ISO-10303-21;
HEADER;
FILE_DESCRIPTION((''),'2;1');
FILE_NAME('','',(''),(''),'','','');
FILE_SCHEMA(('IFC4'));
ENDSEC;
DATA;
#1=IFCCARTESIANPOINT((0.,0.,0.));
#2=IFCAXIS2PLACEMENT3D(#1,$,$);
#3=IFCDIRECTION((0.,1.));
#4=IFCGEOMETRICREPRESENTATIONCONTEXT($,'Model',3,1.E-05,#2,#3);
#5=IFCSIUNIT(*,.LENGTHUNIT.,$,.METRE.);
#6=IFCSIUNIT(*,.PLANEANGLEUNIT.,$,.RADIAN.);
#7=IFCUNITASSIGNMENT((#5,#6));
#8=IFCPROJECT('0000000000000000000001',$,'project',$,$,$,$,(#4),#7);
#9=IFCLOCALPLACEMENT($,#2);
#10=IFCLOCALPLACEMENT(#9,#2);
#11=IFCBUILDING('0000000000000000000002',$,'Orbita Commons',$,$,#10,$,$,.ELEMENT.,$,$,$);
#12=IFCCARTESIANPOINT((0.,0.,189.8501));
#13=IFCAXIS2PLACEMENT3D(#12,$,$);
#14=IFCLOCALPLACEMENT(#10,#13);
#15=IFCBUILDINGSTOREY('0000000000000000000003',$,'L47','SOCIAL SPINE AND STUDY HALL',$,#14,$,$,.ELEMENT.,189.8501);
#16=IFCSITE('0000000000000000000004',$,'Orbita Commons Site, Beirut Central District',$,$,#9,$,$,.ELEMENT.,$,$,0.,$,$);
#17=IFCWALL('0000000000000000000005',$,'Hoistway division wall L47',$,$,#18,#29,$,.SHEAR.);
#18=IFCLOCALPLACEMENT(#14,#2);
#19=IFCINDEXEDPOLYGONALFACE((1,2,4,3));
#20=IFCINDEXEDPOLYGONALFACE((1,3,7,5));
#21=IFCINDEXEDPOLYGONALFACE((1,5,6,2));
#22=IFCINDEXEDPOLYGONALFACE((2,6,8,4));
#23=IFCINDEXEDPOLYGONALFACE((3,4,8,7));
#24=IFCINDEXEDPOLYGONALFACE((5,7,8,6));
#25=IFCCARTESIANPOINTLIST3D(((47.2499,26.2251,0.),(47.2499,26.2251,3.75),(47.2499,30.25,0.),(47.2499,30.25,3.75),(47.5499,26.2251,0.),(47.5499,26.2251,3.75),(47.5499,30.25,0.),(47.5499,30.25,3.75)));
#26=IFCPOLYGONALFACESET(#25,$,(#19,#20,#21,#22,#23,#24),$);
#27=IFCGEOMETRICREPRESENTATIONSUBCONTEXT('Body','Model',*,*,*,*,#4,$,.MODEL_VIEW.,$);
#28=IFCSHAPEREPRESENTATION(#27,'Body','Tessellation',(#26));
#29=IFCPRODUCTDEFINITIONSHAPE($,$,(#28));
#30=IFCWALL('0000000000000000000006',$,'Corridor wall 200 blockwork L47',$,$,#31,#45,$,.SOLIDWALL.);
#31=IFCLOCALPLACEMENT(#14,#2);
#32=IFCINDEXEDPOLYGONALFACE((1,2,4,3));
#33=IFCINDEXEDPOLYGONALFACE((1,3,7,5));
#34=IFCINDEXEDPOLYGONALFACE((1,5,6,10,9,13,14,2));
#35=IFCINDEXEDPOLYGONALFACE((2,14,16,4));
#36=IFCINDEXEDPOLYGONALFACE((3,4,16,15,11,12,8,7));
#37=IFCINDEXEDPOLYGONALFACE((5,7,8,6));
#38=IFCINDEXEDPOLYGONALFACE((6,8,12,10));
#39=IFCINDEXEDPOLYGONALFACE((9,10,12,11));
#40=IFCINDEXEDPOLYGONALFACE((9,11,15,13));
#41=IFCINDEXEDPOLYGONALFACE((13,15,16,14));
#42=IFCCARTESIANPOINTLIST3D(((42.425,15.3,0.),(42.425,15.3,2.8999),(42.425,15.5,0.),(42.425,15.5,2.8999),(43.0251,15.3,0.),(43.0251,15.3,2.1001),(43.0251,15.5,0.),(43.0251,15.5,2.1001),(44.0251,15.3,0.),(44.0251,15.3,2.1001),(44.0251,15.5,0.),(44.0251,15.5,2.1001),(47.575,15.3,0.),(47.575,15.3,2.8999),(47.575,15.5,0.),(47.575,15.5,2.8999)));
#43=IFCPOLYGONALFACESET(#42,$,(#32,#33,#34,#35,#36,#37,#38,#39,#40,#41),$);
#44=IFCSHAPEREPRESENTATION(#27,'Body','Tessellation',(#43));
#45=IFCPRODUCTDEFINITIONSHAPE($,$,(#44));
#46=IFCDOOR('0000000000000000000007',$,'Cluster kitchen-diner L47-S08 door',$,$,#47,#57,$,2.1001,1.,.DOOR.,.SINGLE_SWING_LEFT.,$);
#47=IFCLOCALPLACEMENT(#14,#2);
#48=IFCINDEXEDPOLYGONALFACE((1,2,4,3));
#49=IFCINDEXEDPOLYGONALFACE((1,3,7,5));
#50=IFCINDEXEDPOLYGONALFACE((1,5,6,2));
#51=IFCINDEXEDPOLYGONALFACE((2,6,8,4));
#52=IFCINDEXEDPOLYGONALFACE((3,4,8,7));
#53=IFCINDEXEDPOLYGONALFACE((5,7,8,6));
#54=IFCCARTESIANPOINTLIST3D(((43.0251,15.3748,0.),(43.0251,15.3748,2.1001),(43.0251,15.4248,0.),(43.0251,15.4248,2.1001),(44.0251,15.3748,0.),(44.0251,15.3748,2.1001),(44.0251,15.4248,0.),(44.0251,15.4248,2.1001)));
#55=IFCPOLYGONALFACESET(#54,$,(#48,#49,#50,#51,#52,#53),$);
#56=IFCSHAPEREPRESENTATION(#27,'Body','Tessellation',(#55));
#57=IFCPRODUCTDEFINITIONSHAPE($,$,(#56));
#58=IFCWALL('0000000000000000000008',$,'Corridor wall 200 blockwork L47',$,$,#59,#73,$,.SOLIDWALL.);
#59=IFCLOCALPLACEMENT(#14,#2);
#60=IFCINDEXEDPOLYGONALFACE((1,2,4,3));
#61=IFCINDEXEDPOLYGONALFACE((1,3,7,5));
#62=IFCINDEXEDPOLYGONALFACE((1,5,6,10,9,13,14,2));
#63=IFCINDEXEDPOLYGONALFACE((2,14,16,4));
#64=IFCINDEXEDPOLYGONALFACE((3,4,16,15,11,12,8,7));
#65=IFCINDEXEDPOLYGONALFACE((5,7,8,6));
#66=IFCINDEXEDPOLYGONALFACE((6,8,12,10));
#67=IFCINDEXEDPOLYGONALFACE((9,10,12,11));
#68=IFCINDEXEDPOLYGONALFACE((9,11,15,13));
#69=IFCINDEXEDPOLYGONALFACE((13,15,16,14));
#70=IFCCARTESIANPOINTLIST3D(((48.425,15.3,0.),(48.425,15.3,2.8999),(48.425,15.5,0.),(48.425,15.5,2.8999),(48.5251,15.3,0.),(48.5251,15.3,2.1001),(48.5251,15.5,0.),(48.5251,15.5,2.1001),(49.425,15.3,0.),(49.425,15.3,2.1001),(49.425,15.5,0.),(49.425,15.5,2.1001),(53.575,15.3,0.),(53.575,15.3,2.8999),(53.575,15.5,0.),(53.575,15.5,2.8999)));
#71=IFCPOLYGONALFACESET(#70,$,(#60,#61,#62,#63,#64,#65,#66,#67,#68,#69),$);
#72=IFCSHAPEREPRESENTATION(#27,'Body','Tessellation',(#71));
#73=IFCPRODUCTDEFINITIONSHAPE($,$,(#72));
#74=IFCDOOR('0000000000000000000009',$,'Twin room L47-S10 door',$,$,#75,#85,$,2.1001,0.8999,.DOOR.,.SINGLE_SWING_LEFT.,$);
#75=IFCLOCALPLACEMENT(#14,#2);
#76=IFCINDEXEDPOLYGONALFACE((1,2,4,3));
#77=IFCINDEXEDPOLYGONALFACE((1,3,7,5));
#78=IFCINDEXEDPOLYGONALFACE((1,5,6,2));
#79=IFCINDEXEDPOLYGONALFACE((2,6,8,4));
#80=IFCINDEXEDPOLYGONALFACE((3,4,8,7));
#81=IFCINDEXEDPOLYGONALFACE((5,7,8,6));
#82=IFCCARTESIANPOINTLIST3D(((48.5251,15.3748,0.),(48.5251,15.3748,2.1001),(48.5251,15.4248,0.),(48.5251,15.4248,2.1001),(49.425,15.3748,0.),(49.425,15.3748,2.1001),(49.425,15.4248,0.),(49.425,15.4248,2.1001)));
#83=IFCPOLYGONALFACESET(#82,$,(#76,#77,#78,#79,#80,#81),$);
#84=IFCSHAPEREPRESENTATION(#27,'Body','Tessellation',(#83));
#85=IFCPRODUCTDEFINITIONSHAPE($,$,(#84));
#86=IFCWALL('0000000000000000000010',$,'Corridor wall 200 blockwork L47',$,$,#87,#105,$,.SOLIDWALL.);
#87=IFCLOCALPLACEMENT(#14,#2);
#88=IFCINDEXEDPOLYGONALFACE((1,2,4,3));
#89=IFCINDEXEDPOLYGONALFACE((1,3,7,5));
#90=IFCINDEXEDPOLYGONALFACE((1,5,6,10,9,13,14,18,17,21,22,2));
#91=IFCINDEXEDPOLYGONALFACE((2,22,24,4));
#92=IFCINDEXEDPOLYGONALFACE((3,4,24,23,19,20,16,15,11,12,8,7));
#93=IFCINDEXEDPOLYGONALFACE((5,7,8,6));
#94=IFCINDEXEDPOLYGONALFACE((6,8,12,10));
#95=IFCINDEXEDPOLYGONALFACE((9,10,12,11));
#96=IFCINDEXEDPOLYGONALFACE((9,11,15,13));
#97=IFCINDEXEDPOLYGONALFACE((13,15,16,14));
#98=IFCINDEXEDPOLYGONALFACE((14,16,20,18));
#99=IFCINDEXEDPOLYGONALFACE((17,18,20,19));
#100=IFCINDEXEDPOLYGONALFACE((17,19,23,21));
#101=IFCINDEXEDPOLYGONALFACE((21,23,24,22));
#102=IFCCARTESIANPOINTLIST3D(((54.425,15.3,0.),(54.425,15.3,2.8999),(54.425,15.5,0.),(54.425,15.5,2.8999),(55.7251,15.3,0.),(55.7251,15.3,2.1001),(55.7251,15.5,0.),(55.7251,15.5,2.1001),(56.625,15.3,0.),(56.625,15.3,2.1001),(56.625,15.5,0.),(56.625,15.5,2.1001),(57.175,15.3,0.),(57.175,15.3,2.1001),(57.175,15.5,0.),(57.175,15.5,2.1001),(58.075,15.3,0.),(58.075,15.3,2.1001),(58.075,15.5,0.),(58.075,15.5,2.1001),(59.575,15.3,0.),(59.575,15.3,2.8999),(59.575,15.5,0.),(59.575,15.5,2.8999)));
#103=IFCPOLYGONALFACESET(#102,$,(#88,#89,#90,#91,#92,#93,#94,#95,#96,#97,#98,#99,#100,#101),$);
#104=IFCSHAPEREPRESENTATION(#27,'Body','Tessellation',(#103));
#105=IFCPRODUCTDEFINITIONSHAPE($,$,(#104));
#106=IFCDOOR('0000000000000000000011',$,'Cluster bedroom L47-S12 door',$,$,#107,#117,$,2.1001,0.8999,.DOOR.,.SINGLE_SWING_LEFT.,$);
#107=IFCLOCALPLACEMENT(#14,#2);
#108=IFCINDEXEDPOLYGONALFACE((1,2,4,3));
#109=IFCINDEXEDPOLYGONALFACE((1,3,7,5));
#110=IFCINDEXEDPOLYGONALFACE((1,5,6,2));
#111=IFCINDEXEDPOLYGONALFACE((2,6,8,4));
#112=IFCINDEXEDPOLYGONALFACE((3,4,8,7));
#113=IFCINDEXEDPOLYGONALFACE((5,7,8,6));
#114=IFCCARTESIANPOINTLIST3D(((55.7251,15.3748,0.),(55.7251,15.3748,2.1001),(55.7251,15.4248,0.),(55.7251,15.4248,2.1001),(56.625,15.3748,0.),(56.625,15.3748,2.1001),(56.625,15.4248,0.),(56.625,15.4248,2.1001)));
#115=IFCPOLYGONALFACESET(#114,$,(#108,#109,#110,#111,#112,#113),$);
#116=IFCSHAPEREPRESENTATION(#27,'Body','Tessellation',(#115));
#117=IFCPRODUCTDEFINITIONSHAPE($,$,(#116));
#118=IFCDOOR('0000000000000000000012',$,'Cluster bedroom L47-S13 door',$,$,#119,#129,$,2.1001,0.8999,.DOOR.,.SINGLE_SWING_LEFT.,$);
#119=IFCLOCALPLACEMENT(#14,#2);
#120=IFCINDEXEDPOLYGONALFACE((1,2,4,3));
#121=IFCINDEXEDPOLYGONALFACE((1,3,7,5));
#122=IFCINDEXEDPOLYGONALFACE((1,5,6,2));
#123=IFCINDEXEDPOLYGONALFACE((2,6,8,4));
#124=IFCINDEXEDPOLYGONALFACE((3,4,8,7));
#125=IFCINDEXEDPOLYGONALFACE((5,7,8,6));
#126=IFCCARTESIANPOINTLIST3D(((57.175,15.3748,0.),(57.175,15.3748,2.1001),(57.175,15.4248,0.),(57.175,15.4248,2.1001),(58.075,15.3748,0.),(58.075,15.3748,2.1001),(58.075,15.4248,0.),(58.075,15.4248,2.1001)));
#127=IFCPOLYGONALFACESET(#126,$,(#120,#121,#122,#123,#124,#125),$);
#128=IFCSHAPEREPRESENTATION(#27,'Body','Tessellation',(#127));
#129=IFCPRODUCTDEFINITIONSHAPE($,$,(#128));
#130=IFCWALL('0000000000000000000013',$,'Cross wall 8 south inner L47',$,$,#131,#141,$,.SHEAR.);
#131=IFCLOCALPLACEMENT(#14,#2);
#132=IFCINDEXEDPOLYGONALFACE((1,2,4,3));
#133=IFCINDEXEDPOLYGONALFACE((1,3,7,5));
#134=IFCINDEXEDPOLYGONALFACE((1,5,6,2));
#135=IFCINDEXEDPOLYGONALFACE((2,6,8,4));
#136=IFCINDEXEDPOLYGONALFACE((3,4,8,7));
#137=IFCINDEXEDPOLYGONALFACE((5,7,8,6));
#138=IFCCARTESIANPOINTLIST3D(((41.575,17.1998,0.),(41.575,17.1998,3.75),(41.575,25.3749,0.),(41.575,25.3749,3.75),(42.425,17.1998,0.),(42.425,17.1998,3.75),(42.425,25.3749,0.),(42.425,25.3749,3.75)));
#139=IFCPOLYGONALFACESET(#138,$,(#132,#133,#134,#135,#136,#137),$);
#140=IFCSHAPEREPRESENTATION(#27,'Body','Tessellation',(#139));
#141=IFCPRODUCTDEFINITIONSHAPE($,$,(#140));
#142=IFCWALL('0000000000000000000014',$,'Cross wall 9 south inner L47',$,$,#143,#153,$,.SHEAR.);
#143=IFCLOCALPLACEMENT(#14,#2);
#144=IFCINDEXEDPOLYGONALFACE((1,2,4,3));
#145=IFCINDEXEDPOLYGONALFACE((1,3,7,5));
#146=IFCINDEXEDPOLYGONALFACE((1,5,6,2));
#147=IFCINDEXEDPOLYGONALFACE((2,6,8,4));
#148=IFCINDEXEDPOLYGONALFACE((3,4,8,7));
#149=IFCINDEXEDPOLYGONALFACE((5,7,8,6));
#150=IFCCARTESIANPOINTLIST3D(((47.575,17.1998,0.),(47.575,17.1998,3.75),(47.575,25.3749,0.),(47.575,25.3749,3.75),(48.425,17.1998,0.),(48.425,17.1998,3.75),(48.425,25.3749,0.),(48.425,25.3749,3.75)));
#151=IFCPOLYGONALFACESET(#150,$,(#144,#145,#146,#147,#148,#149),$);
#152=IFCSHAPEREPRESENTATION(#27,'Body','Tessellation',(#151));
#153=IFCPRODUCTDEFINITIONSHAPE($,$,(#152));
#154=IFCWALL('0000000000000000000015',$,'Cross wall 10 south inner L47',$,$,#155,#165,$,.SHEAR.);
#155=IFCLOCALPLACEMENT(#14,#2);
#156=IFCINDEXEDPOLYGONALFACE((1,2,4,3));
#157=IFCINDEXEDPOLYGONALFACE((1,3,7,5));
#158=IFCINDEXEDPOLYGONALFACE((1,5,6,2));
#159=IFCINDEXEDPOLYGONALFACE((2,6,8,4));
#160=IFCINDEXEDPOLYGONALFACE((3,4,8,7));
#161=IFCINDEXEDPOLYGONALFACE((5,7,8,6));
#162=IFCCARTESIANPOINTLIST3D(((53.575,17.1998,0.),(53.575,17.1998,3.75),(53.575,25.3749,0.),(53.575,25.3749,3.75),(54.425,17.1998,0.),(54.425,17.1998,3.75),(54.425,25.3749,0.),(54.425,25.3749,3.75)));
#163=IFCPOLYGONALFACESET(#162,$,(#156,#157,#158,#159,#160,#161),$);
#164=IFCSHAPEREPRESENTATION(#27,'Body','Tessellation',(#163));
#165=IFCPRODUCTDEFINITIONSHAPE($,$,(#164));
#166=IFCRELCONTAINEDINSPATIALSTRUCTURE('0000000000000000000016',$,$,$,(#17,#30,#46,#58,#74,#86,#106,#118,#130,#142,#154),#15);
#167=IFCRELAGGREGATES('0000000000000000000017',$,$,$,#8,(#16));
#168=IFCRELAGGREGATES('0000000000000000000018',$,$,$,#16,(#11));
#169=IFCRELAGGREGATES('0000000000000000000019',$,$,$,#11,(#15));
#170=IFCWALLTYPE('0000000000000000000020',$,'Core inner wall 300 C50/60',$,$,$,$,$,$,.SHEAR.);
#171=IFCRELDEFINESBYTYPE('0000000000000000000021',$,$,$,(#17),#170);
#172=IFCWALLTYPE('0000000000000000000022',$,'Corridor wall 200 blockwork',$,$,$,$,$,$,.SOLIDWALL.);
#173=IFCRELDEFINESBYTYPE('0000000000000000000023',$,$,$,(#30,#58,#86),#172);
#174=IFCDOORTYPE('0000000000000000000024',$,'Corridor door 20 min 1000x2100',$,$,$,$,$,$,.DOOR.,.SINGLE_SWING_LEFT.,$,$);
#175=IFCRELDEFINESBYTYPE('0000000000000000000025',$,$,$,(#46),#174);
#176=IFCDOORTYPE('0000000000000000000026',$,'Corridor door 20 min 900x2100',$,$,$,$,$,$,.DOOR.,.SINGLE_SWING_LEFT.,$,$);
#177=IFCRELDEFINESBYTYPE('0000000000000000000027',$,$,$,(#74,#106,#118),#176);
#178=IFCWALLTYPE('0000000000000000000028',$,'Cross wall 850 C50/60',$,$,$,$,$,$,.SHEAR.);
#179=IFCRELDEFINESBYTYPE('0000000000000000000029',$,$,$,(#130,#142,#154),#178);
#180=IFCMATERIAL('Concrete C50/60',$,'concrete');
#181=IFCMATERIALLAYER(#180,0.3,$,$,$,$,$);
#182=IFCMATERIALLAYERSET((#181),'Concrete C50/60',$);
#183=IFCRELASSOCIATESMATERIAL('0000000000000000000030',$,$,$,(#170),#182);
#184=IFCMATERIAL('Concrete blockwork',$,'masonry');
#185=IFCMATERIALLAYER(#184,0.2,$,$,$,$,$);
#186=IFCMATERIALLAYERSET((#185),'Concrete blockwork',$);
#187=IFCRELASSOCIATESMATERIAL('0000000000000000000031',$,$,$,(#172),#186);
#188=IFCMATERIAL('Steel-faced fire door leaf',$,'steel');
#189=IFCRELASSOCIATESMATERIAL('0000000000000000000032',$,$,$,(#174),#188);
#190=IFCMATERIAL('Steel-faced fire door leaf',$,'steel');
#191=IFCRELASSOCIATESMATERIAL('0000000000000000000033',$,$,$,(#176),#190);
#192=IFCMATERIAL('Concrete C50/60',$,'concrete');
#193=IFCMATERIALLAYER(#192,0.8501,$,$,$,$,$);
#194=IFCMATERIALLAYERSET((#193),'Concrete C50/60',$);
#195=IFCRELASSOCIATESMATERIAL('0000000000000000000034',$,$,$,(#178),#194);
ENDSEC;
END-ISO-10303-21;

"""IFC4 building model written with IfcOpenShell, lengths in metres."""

from ifc_helpers import new_model, si_unit, direction, frame, frame_2d, origin, place, context, subcontext, project, spatial, polyline, rectangle, outline, extrude, material, layer, layer_set, type_object, element, fill, save


model = new_model("IFC4")

# Units and contexts
model_context = context("Model", 3, precision=1e-05, world=origin(), true_north=direction((0.0, 1.0)))
body_context = subcontext(model_context, "Body", "Model", "MODEL_VIEW")
ifc_project = project(units=[si_unit("LENGTHUNIT", "METRE"), si_unit("PLANEANGLEUNIT", "RADIAN")], contexts=[model_context])

# Site, building, storey
site_placement = place(None, origin())
site = spatial("IfcSite", under=ifc_project, at=site_placement, Name="Orbita Commons Site, Beirut Central District", CompositionType="ELEMENT", RefElevation=0.0)
building_placement = place(site_placement, origin())
building = spatial("IfcBuilding", under=site, at=building_placement, Name="Orbita Commons", CompositionType="ELEMENT")
storey_placement = place(building_placement, frame((0.0, 0.0, 189.8501)))
storey = spatial("IfcBuildingStorey", under=building, at=storey_placement, Name="L47", Description="SOCIAL SPINE AND STUDY HALL", CompositionType="ELEMENT", Elevation=189.8501)

# Wall
ifc_material_1 = material(Name="Concrete C50/60", Category="concrete")
ifc_layer_1 = layer(ifc_material_1, 0.3)
ifc_layer_set_1 = layer_set([ifc_layer_1], Name="Concrete C50/60")
wall_type_1 = type_object("IfcWallType", Name="Core inner wall 300 C50/60", PredefinedType="SHEAR", material=ifc_layer_set_1)
for number, where, z_axis, x_axis, name in (
    (1, (47.3999, 26.2251, 0.0), (0.0, 0.0, 1.0), (0.0, 1.0, 0.0), "Hoistway division wall L47"),
):
    element("IfcWall", number, at=place(storey_placement, frame(where, z_axis=z_axis, x_axis=x_axis)), inside=storey, type_object=wall_type_1, Name=name, PredefinedType="SHEAR", context=body_context, shape_type="SweptSolid", body=[
        extrude(rectangle(XDim=4.0249, YDim=0.3, at=frame_2d((2.0125, 0.0))), origin(), (0.0, 0.0, 1.0), 3.75),
    ])

# Walls, openings, doors
ifc_material_2 = material(Name="Concrete blockwork", Category="masonry")
ifc_layer_2 = layer(ifc_material_2, 0.2)
ifc_layer_set_2 = layer_set([ifc_layer_2], Name="Concrete blockwork")
wall_type_2 = type_object("IfcWallType", Name="Corridor wall 200 blockwork", PredefinedType="SOLIDWALL", material=ifc_layer_set_2)
wall_1_placement = place(storey_placement, frame((42.425, 15.3999, 0.0), z_axis=(0.0, 0.0, 1.0), x_axis=(1.0, 0.0, 0.0)))
wall_1 = element("IfcWall", 2, at=wall_1_placement, inside=storey, type_object=wall_type_2, Name="Corridor wall 200 blockwork L47", PredefinedType="SOLIDWALL", context=body_context, shape_type="SweptSolid", body=[
    extrude(outline(polyline([(0.0, 0.0), (5.1499, 0.0), (5.1499, 2.8999), (0.0, 2.8999), (0.0, 0.0)])), frame((0.0, 0.1001, 0.0), z_axis=(0.0, -1.0, 0.0), x_axis=(1.0, 0.0, 0.0)), (0.0, 0.0, 1.0), 0.2),
])
opening_1_placement = place(wall_1_placement, frame((0.6001, 0.0, 0.0)))
opening_1 = element("IfcOpeningElement", 3, at=opening_1_placement, cuts=wall_1, PredefinedType="OPENING", context=body_context, shape_type="SweptSolid", body=[
    extrude(rectangle(XDim=1.0, YDim=2.1001, at=frame_2d((0.5, 1.05))), frame((0.0, 0.1099, 0.0), z_axis=(0.0, -1.0, 0.0), x_axis=(1.0, 0.0, 0.0)), (0.0, 0.0, 1.0), 0.22),
])
ifc_material_3 = material(Name="Steel-faced fire door leaf", Category="steel")
door_type_1 = type_object("IfcDoorType", Name="Corridor door 20 min 1000x2100", OperationType="SINGLE_SWING_LEFT", PredefinedType="DOOR", material=ifc_material_3)
door_1_placement = place(opening_1_placement, origin())
door_1 = element("IfcDoor", 4, at=door_1_placement, inside=storey, type_object=door_type_1, Name="Cluster kitchen-diner L47-S08 door", OperationType="SINGLE_SWING_LEFT", OverallHeight=2.1001, OverallWidth=1.0, PredefinedType="DOOR", context=body_context, shape_type="SweptSolid", body=[
    extrude(rectangle(XDim=1.0, YDim=2.1001, at=frame_2d((0.5, 1.05))), frame((0.0, 0.0249, 0.0), z_axis=(0.0, -1.0, 0.0), x_axis=(1.0, 0.0, 0.0)), (0.0, 0.0, 1.0), 0.05),
])
fill(opening_1, door_1)
wall_2_placement = place(storey_placement, frame((48.425, 15.3999, 0.0), z_axis=(0.0, 0.0, 1.0), x_axis=(1.0, 0.0, 0.0)))
wall_2 = element("IfcWall", 5, at=wall_2_placement, inside=storey, type_object=wall_type_2, Name="Corridor wall 200 blockwork L47", PredefinedType="SOLIDWALL", context=body_context, shape_type="SweptSolid", body=[
    extrude(outline(polyline([(0.0, 0.0), (5.1499, 0.0), (5.1499, 2.8999), (0.0, 2.8999), (0.0, 0.0)])), frame((0.0, 0.1001, 0.0), z_axis=(0.0, -1.0, 0.0), x_axis=(1.0, 0.0, 0.0)), (0.0, 0.0, 1.0), 0.2),
])
opening_2_placement = place(wall_2_placement, frame((0.1001, 0.0, 0.0)))
opening_2 = element("IfcOpeningElement", 6, at=opening_2_placement, cuts=wall_2, PredefinedType="OPENING", context=body_context, shape_type="SweptSolid", body=[
    extrude(rectangle(XDim=0.8999, YDim=2.1001, at=frame_2d((0.45, 1.05))), frame((0.0, 0.1099, 0.0), z_axis=(0.0, -1.0, 0.0), x_axis=(1.0, 0.0, 0.0)), (0.0, 0.0, 1.0), 0.22),
])
ifc_material_4 = material(Name="Steel-faced fire door leaf", Category="steel")
door_type_2 = type_object("IfcDoorType", Name="Corridor door 20 min 900x2100", OperationType="SINGLE_SWING_LEFT", PredefinedType="DOOR", material=ifc_material_4)
door_2_placement = place(opening_2_placement, origin())
door_2 = element("IfcDoor", 7, at=door_2_placement, inside=storey, type_object=door_type_2, Name="Twin room L47-S10 door", OperationType="SINGLE_SWING_LEFT", OverallHeight=2.1001, OverallWidth=0.8999, PredefinedType="DOOR", context=body_context, shape_type="SweptSolid", body=[
    extrude(rectangle(XDim=0.8999, YDim=2.1001, at=frame_2d((0.45, 1.05))), frame((0.0, 0.0249, 0.0), z_axis=(0.0, -1.0, 0.0), x_axis=(1.0, 0.0, 0.0)), (0.0, 0.0, 1.0), 0.05),
])
fill(opening_2, door_2)

# Wall, openings, doors
wall_3_placement = place(storey_placement, frame((54.425, 15.3999, 0.0), z_axis=(0.0, 0.0, 1.0), x_axis=(1.0, 0.0, 0.0)))
wall_3 = element("IfcWall", 8, at=wall_3_placement, inside=storey, type_object=wall_type_2, Name="Corridor wall 200 blockwork L47", PredefinedType="SOLIDWALL", context=body_context, shape_type="SweptSolid", body=[
    extrude(outline(polyline([(0.0, 0.0), (5.1499, 0.0), (5.1499, 2.8999), (0.0, 2.8999), (0.0, 0.0)])), frame((0.0, 0.1001, 0.0), z_axis=(0.0, -1.0, 0.0), x_axis=(1.0, 0.0, 0.0)), (0.0, 0.0, 1.0), 0.2),
])
opening_3_placement = place(wall_3_placement, frame((1.3, 0.0, 0.0)))
opening_3 = element("IfcOpeningElement", 9, at=opening_3_placement, cuts=wall_3, PredefinedType="OPENING", context=body_context, shape_type="SweptSolid", body=[
    extrude(rectangle(XDim=0.8999, YDim=2.1001, at=frame_2d((0.45, 1.05))), frame((0.0, 0.1099, 0.0), z_axis=(0.0, -1.0, 0.0), x_axis=(1.0, 0.0, 0.0)), (0.0, 0.0, 1.0), 0.22),
])
opening_4_placement = place(wall_3_placement, frame((2.75, 0.0, 0.0)))
opening_4 = element("IfcOpeningElement", 10, at=opening_4_placement, cuts=wall_3, PredefinedType="OPENING", context=body_context, shape_type="SweptSolid", body=[
    extrude(rectangle(XDim=0.8999, YDim=2.1001, at=frame_2d((0.45, 1.05))), frame((0.0, 0.1099, 0.0), z_axis=(0.0, -1.0, 0.0), x_axis=(1.0, 0.0, 0.0)), (0.0, 0.0, 1.0), 0.22),
])
door_3_placement = place(opening_3_placement, origin())
door_3 = element("IfcDoor", 11, at=door_3_placement, inside=storey, type_object=door_type_2, Name="Cluster bedroom L47-S12 door", OperationType="SINGLE_SWING_LEFT", OverallHeight=2.1001, OverallWidth=0.8999, PredefinedType="DOOR", context=body_context, shape_type="SweptSolid", body=[
    extrude(rectangle(XDim=0.8999, YDim=2.1001, at=frame_2d((0.45, 1.05))), frame((0.0, 0.0249, 0.0), z_axis=(0.0, -1.0, 0.0), x_axis=(1.0, 0.0, 0.0)), (0.0, 0.0, 1.0), 0.05),
])
fill(opening_3, door_3)
door_4_placement = place(opening_4_placement, origin())
door_4 = element("IfcDoor", 12, at=door_4_placement, inside=storey, type_object=door_type_2, Name="Cluster bedroom L47-S13 door", OperationType="SINGLE_SWING_LEFT", OverallHeight=2.1001, OverallWidth=0.8999, PredefinedType="DOOR", context=body_context, shape_type="SweptSolid", body=[
    extrude(rectangle(XDim=0.8999, YDim=2.1001, at=frame_2d((0.45, 1.05))), frame((0.0, 0.0249, 0.0), z_axis=(0.0, -1.0, 0.0), x_axis=(1.0, 0.0, 0.0)), (0.0, 0.0, 1.0), 0.05),
])
fill(opening_4, door_4)

# Walls
ifc_material_5 = material(Name="Concrete C50/60", Category="concrete")
ifc_layer_3 = layer(ifc_material_5, 0.8501)
ifc_layer_set_3 = layer_set([ifc_layer_3], Name="Concrete C50/60")
wall_type_3 = type_object("IfcWallType", Name="Cross wall 850 C50/60", PredefinedType="SHEAR", material=ifc_layer_set_3)
for number, where, z_axis, x_axis, name in (
    (13, (42.0, 17.2, 0.0), (0.0, 0.0, 1.0), (0.0, 1.0, 0.0), "Cross wall 8 south inner L47"),
    (14, (48.0, 17.2, 0.0), (0.0, 0.0, 1.0), (0.0, 1.0, 0.0), "Cross wall 9 south inner L47"),
    (15, (54.0, 17.2, 0.0), (0.0, 0.0, 1.0), (0.0, 1.0, 0.0), "Cross wall 10 south inner L47"),
):
    element("IfcWall", number, at=place(storey_placement, frame(where, z_axis=z_axis, x_axis=x_axis)), inside=storey, type_object=wall_type_3, Name=name, PredefinedType="SHEAR", context=body_context, shape_type="SweptSolid", body=[
        extrude(rectangle(XDim=8.175, YDim=0.8501, at=frame_2d((4.0874, 0.0))), origin(), (0.0, 0.0, 1.0), 3.75),
    ])

save(model, "model.ifc")
